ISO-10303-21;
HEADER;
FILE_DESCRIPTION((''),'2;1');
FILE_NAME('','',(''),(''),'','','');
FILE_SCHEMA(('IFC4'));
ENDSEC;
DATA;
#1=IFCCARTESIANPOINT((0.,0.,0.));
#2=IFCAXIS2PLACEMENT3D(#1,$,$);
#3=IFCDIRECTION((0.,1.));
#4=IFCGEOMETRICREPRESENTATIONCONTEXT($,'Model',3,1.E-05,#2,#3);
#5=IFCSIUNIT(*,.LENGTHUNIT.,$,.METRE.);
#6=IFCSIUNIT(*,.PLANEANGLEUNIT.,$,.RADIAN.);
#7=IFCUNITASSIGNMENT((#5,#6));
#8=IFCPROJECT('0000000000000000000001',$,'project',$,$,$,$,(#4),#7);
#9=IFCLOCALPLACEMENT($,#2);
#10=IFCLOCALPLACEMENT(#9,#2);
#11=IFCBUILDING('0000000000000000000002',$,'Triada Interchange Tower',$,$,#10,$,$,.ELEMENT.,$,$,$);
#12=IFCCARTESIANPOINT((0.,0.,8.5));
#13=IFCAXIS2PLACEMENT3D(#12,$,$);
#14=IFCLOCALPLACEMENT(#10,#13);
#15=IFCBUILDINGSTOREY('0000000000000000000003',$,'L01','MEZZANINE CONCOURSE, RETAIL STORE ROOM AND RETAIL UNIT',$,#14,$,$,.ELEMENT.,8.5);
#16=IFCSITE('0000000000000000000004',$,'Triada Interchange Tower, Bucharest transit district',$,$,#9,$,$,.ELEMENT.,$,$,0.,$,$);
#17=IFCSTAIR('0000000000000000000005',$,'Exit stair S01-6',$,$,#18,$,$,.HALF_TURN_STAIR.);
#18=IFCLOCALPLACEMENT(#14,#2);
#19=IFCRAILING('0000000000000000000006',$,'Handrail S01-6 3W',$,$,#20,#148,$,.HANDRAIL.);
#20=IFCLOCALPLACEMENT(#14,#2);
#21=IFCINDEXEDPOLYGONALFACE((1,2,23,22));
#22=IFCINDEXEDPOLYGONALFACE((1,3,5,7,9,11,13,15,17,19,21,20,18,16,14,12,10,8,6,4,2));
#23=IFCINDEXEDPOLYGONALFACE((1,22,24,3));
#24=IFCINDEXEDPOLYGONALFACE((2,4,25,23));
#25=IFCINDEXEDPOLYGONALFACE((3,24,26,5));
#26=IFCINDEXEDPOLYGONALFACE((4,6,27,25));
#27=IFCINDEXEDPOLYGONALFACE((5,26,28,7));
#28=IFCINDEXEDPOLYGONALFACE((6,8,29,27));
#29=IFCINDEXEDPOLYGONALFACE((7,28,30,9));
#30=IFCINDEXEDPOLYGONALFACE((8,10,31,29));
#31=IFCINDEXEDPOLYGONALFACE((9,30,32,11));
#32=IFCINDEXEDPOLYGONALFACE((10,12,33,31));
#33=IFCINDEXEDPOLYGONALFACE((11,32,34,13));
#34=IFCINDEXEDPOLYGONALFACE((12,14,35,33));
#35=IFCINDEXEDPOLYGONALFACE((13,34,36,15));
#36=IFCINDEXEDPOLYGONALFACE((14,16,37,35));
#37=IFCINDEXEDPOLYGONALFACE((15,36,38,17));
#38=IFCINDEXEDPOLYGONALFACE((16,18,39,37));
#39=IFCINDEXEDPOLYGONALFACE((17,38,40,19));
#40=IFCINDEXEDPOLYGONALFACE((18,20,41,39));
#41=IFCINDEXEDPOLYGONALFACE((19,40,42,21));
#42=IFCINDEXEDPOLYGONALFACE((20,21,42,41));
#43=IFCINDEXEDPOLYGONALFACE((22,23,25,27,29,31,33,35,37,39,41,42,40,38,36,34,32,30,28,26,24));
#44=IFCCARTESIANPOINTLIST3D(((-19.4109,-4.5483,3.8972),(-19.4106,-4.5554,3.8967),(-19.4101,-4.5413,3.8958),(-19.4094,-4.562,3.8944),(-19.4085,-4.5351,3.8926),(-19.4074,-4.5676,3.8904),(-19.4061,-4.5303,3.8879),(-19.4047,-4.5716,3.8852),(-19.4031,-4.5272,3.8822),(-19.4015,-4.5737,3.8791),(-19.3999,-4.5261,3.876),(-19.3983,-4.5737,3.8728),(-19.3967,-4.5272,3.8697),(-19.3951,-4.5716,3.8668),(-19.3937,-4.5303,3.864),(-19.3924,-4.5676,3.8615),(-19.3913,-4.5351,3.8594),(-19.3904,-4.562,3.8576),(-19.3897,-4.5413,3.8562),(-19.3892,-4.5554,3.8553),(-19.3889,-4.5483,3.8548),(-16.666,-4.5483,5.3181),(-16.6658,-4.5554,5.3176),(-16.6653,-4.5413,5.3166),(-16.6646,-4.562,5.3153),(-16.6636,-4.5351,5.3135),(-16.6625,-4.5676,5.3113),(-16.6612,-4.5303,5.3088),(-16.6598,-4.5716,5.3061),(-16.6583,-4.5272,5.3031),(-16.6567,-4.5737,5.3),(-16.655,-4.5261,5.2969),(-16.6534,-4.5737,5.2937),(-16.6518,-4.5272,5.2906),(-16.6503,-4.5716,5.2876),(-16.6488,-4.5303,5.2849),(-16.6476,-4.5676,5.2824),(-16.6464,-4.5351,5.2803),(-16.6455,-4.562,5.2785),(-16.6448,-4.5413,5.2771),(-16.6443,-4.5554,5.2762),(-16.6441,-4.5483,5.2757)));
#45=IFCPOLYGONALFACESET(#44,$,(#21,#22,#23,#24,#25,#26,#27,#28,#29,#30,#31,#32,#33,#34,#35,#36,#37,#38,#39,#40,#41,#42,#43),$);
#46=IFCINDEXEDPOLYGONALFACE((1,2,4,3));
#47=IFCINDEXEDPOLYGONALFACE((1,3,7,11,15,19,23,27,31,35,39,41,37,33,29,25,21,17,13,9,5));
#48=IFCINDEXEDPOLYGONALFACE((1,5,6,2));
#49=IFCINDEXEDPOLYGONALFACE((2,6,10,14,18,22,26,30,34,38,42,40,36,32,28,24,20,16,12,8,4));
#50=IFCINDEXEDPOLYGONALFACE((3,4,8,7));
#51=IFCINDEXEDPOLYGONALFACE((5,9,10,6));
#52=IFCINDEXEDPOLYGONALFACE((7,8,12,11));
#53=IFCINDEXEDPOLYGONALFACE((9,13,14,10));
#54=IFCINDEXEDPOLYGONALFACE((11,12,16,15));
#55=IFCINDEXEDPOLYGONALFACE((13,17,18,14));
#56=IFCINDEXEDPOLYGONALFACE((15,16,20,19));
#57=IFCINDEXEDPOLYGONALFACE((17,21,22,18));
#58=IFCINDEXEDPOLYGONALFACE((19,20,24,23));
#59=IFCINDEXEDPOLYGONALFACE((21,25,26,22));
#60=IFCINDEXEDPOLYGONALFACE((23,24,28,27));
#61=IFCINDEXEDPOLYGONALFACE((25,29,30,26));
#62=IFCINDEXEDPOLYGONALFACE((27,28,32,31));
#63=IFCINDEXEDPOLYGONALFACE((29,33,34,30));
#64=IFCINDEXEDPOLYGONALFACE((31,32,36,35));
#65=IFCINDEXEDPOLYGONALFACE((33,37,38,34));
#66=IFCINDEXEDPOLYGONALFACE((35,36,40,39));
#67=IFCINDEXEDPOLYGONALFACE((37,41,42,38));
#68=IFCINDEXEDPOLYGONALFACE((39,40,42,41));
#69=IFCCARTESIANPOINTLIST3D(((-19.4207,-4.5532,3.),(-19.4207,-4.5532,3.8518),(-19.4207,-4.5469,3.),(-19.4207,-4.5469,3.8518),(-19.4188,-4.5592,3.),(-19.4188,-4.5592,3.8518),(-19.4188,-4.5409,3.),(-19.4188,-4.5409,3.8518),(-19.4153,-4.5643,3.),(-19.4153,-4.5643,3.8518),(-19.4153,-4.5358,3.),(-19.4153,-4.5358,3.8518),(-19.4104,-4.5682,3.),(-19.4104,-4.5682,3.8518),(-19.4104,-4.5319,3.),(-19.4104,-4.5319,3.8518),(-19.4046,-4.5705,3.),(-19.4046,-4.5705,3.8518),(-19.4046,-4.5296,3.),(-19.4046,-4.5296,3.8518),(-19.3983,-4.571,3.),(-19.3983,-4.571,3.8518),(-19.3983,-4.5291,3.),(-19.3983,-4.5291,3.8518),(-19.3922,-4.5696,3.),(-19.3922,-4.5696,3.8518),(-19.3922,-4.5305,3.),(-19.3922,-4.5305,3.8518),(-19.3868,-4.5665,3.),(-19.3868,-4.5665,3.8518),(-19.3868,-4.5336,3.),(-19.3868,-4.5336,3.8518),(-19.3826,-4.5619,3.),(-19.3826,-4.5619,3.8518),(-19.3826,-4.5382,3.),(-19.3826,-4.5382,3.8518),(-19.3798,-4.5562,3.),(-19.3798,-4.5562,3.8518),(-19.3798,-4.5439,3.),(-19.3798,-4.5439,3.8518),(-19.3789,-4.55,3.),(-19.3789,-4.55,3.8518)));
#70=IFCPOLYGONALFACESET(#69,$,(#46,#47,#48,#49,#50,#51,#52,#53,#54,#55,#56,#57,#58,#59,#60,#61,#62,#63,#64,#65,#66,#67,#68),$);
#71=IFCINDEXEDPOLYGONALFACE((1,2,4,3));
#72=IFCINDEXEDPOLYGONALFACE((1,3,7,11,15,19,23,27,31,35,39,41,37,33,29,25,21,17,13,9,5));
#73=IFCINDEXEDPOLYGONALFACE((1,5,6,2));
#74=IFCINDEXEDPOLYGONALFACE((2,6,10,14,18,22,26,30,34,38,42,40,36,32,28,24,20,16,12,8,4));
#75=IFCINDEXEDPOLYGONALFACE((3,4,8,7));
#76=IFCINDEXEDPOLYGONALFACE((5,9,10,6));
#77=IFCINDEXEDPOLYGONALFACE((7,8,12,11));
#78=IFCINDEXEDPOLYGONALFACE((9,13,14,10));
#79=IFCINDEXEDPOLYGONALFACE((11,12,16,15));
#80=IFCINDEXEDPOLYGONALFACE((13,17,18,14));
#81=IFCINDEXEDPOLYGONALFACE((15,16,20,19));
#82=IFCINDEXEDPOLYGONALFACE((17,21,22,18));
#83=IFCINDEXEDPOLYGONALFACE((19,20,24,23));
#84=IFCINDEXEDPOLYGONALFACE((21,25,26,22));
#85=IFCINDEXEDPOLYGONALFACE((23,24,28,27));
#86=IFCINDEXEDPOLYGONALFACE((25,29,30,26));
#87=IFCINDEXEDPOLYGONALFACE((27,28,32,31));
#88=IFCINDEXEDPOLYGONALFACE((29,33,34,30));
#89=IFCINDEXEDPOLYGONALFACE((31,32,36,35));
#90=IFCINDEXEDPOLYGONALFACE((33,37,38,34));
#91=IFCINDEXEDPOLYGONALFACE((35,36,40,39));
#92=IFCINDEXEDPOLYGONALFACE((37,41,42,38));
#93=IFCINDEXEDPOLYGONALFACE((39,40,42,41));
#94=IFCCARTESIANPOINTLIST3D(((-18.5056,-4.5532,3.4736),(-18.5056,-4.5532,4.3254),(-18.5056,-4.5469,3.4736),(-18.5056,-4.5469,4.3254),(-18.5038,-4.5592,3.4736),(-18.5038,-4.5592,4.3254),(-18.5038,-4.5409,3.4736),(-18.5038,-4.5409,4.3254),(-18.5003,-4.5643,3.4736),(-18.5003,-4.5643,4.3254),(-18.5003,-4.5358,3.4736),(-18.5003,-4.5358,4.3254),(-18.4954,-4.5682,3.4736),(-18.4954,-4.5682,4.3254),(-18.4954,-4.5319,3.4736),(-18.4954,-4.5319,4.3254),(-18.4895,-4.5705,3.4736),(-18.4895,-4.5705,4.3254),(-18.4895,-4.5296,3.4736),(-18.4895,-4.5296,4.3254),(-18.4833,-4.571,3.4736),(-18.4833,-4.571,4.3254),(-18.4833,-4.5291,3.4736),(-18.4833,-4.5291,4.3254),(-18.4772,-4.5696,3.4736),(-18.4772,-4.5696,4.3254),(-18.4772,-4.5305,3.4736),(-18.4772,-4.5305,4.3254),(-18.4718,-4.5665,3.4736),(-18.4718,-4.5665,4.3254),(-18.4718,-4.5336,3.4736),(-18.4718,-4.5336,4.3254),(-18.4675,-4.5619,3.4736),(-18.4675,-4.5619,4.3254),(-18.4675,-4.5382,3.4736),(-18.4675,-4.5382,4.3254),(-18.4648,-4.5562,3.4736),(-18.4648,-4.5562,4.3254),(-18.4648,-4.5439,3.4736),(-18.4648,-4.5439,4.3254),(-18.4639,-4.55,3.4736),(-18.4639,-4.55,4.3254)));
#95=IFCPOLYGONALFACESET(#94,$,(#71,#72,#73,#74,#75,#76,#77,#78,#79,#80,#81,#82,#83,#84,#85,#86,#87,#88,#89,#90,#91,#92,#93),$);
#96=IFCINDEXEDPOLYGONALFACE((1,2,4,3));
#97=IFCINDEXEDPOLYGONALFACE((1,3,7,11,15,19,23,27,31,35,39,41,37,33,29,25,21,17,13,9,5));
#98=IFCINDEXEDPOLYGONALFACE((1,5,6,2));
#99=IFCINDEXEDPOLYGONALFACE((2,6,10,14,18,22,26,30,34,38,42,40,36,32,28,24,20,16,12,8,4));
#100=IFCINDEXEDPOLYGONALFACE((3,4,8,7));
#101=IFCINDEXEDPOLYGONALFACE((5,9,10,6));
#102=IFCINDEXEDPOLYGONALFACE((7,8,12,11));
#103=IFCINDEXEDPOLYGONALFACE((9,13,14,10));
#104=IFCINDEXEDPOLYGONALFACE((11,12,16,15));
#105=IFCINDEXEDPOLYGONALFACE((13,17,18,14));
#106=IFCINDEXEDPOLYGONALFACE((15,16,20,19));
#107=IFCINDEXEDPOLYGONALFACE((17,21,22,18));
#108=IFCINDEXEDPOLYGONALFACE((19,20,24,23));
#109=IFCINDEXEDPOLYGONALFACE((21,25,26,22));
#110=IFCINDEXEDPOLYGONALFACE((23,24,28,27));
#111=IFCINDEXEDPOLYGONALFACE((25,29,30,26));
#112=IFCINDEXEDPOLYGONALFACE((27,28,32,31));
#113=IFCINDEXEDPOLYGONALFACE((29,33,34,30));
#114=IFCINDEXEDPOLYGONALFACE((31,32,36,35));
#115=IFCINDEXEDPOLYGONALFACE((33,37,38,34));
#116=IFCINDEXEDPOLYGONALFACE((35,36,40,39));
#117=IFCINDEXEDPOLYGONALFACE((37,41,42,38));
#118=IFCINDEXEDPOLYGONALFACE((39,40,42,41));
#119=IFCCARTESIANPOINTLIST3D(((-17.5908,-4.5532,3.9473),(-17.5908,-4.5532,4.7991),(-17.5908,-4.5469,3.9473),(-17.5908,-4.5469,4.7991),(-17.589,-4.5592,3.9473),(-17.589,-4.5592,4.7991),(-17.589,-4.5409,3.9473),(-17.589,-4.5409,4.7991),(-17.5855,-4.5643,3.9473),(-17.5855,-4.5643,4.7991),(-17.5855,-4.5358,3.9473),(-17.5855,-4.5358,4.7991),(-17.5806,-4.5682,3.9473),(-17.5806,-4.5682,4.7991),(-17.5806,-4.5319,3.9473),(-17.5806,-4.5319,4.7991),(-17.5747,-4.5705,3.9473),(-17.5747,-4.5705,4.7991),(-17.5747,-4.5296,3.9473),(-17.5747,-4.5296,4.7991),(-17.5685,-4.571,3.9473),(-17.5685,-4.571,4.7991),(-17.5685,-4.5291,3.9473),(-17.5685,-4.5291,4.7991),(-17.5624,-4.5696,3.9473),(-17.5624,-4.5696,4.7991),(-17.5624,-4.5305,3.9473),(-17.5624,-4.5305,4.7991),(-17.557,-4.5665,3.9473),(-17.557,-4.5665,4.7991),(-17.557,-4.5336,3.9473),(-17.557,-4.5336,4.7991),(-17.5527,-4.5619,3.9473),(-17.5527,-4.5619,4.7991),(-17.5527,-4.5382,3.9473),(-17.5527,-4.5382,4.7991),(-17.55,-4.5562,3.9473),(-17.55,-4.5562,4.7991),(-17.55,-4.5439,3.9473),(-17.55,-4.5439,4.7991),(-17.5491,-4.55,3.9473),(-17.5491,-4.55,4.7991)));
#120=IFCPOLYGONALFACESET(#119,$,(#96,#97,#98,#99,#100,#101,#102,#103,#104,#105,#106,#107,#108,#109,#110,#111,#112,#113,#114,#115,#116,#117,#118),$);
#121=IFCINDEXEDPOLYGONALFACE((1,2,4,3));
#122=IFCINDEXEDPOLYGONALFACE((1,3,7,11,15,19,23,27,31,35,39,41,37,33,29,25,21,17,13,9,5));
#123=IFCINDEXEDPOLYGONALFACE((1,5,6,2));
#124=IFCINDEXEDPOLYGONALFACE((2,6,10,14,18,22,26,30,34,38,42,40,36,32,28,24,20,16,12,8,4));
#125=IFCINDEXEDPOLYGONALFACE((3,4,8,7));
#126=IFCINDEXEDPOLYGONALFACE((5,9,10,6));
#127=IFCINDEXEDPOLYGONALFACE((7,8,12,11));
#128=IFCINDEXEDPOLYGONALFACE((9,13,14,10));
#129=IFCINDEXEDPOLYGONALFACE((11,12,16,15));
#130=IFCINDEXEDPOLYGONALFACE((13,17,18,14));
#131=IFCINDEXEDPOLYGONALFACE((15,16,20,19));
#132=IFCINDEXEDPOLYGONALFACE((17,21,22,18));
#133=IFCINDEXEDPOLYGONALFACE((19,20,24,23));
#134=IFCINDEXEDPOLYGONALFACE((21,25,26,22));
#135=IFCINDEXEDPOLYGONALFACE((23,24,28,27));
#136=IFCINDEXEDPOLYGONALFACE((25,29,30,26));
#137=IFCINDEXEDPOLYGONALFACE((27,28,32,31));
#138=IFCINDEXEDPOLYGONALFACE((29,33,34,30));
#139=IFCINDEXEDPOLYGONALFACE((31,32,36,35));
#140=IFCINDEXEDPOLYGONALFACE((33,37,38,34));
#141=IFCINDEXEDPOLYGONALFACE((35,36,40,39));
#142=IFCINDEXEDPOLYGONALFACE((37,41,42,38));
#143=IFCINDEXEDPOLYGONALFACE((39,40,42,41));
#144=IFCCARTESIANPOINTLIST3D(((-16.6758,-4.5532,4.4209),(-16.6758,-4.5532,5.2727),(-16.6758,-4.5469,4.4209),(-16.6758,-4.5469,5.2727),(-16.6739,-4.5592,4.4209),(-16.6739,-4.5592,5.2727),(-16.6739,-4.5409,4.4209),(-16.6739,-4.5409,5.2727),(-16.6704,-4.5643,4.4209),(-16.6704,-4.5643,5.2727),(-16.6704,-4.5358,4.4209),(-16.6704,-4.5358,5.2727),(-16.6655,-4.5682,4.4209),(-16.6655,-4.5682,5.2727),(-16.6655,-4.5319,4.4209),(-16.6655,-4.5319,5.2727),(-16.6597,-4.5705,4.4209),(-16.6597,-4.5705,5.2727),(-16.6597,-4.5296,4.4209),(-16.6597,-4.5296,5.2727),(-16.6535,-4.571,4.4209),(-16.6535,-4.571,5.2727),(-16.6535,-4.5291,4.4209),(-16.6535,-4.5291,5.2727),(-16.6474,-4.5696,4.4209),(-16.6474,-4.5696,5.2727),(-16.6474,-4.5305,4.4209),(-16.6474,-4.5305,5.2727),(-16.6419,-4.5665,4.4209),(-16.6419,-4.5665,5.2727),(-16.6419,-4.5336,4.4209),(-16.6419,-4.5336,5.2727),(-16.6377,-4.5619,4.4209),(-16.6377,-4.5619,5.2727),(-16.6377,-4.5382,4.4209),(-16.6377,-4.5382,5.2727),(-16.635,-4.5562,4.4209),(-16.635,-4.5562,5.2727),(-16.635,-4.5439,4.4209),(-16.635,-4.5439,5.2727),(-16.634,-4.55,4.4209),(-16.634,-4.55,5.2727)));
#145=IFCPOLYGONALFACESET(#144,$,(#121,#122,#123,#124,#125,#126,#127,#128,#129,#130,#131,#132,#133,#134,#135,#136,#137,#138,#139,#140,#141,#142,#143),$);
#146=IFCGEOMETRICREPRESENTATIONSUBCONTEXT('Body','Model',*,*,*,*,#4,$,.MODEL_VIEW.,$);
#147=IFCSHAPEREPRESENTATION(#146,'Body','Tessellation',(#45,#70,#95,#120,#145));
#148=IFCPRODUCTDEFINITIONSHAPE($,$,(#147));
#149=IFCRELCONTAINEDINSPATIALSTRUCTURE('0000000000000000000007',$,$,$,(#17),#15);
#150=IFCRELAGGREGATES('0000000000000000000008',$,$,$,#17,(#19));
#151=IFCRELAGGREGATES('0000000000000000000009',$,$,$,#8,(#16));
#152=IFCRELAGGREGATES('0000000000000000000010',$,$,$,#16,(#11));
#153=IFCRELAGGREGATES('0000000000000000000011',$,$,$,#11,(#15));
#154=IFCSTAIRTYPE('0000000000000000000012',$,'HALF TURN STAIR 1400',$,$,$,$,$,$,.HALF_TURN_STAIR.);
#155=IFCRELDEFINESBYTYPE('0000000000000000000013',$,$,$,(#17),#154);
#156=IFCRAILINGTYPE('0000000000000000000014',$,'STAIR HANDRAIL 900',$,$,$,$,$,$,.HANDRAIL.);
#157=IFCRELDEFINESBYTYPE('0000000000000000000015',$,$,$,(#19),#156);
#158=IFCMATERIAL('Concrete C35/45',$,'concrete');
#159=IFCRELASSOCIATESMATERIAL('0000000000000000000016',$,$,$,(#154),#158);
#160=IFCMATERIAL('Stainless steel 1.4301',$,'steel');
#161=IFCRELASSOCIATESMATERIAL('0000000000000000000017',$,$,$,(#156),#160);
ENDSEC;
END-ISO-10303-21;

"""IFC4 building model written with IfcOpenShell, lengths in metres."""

from ifc_helpers import new_model, si_unit, direction, frame, origin, origin_2d, place, context, subcontext, project, spatial, circle, extrude, material, type_object, element, aggregate, save


model = new_model("IFC4")

# Units and contexts
model_context = context("Model", 3, precision=1e-05, world=origin(), true_north=direction((0.0, 1.0)))
body_context = subcontext(model_context, "Body", "Model", "MODEL_VIEW")
ifc_project = project(units=[si_unit("LENGTHUNIT", "METRE"), si_unit("PLANEANGLEUNIT", "RADIAN")], contexts=[model_context])

# Site, building, storey
site_placement = place(None, origin())
site = spatial("IfcSite", under=ifc_project, at=site_placement, Name="Triada Interchange Tower, Bucharest transit district", CompositionType="ELEMENT", RefElevation=0.0)
building_placement = place(site_placement, origin())
building = spatial("IfcBuilding", under=site, at=building_placement, Name="Triada Interchange Tower", CompositionType="ELEMENT")
storey_placement = place(building_placement, frame((0.0, 0.0, 8.5)))
storey = spatial("IfcBuildingStorey", under=building, at=storey_placement, Name="L01", Description="MEZZANINE CONCOURSE, RETAIL STORE ROOM AND RETAIL UNIT", CompositionType="ELEMENT", Elevation=8.5)

# Shared definitions
ifc_material_1 = material(Name="Concrete C35/45", Category="concrete")

# Stair, railing
stair_type = type_object("IfcStairType", Name="HALF TURN STAIR 1400", PredefinedType="HALF_TURN_STAIR", material=ifc_material_1)
stair_placement = place(storey_placement, origin())
stair = element("IfcStair", 1, at=stair_placement, inside=storey, type_object=stair_type, Name="Exit stair S01-6", PredefinedType="HALF_TURN_STAIR")
ifc_material_2 = material(Name="Stainless steel 1.4301", Category="steel")
railing_type_1 = type_object("IfcRailingType", Name="STAIR HANDRAIL 900", PredefinedType="HANDRAIL", material=ifc_material_2)
railing_1_placement = place(storey_placement, frame((-19.3999, -4.55, 3.0)))
railing_1 = element("IfcRailing", 2, at=railing_1_placement, type_object=railing_type_1, Name="Handrail S01-6 3W", PredefinedType="HANDRAIL", context=body_context, shape_type="SweptSolid", body=[
    extrude(circle(Radius=0.0239, at=origin_2d()), frame((0.0, 0.0, 0.876), z_axis=(0.888068, 0.0, 0.459713), x_axis=(0.0, 1.0, 0.0)), (0.0, 0.0, 1.0), 3.0908),
    extrude(circle(Radius=0.021, at=origin_2d()), origin(), (0.0, 0.0, 1.0), 0.8518),
    extrude(circle(Radius=0.021, at=origin_2d()), frame((0.915, 0.0, 0.4736)), (0.0, 0.0, 1.0), 0.8518),
    extrude(circle(Radius=0.021, at=origin_2d()), frame((1.8298, 0.0, 0.9473)), (0.0, 0.0, 1.0), 0.8518),
    extrude(circle(Radius=0.021, at=origin_2d()), frame((2.7449, 0.0, 1.4209)), (0.0, 0.0, 1.0), 0.8518),
])
aggregate(stair, [railing_1])

save(model, "model.ifc")
